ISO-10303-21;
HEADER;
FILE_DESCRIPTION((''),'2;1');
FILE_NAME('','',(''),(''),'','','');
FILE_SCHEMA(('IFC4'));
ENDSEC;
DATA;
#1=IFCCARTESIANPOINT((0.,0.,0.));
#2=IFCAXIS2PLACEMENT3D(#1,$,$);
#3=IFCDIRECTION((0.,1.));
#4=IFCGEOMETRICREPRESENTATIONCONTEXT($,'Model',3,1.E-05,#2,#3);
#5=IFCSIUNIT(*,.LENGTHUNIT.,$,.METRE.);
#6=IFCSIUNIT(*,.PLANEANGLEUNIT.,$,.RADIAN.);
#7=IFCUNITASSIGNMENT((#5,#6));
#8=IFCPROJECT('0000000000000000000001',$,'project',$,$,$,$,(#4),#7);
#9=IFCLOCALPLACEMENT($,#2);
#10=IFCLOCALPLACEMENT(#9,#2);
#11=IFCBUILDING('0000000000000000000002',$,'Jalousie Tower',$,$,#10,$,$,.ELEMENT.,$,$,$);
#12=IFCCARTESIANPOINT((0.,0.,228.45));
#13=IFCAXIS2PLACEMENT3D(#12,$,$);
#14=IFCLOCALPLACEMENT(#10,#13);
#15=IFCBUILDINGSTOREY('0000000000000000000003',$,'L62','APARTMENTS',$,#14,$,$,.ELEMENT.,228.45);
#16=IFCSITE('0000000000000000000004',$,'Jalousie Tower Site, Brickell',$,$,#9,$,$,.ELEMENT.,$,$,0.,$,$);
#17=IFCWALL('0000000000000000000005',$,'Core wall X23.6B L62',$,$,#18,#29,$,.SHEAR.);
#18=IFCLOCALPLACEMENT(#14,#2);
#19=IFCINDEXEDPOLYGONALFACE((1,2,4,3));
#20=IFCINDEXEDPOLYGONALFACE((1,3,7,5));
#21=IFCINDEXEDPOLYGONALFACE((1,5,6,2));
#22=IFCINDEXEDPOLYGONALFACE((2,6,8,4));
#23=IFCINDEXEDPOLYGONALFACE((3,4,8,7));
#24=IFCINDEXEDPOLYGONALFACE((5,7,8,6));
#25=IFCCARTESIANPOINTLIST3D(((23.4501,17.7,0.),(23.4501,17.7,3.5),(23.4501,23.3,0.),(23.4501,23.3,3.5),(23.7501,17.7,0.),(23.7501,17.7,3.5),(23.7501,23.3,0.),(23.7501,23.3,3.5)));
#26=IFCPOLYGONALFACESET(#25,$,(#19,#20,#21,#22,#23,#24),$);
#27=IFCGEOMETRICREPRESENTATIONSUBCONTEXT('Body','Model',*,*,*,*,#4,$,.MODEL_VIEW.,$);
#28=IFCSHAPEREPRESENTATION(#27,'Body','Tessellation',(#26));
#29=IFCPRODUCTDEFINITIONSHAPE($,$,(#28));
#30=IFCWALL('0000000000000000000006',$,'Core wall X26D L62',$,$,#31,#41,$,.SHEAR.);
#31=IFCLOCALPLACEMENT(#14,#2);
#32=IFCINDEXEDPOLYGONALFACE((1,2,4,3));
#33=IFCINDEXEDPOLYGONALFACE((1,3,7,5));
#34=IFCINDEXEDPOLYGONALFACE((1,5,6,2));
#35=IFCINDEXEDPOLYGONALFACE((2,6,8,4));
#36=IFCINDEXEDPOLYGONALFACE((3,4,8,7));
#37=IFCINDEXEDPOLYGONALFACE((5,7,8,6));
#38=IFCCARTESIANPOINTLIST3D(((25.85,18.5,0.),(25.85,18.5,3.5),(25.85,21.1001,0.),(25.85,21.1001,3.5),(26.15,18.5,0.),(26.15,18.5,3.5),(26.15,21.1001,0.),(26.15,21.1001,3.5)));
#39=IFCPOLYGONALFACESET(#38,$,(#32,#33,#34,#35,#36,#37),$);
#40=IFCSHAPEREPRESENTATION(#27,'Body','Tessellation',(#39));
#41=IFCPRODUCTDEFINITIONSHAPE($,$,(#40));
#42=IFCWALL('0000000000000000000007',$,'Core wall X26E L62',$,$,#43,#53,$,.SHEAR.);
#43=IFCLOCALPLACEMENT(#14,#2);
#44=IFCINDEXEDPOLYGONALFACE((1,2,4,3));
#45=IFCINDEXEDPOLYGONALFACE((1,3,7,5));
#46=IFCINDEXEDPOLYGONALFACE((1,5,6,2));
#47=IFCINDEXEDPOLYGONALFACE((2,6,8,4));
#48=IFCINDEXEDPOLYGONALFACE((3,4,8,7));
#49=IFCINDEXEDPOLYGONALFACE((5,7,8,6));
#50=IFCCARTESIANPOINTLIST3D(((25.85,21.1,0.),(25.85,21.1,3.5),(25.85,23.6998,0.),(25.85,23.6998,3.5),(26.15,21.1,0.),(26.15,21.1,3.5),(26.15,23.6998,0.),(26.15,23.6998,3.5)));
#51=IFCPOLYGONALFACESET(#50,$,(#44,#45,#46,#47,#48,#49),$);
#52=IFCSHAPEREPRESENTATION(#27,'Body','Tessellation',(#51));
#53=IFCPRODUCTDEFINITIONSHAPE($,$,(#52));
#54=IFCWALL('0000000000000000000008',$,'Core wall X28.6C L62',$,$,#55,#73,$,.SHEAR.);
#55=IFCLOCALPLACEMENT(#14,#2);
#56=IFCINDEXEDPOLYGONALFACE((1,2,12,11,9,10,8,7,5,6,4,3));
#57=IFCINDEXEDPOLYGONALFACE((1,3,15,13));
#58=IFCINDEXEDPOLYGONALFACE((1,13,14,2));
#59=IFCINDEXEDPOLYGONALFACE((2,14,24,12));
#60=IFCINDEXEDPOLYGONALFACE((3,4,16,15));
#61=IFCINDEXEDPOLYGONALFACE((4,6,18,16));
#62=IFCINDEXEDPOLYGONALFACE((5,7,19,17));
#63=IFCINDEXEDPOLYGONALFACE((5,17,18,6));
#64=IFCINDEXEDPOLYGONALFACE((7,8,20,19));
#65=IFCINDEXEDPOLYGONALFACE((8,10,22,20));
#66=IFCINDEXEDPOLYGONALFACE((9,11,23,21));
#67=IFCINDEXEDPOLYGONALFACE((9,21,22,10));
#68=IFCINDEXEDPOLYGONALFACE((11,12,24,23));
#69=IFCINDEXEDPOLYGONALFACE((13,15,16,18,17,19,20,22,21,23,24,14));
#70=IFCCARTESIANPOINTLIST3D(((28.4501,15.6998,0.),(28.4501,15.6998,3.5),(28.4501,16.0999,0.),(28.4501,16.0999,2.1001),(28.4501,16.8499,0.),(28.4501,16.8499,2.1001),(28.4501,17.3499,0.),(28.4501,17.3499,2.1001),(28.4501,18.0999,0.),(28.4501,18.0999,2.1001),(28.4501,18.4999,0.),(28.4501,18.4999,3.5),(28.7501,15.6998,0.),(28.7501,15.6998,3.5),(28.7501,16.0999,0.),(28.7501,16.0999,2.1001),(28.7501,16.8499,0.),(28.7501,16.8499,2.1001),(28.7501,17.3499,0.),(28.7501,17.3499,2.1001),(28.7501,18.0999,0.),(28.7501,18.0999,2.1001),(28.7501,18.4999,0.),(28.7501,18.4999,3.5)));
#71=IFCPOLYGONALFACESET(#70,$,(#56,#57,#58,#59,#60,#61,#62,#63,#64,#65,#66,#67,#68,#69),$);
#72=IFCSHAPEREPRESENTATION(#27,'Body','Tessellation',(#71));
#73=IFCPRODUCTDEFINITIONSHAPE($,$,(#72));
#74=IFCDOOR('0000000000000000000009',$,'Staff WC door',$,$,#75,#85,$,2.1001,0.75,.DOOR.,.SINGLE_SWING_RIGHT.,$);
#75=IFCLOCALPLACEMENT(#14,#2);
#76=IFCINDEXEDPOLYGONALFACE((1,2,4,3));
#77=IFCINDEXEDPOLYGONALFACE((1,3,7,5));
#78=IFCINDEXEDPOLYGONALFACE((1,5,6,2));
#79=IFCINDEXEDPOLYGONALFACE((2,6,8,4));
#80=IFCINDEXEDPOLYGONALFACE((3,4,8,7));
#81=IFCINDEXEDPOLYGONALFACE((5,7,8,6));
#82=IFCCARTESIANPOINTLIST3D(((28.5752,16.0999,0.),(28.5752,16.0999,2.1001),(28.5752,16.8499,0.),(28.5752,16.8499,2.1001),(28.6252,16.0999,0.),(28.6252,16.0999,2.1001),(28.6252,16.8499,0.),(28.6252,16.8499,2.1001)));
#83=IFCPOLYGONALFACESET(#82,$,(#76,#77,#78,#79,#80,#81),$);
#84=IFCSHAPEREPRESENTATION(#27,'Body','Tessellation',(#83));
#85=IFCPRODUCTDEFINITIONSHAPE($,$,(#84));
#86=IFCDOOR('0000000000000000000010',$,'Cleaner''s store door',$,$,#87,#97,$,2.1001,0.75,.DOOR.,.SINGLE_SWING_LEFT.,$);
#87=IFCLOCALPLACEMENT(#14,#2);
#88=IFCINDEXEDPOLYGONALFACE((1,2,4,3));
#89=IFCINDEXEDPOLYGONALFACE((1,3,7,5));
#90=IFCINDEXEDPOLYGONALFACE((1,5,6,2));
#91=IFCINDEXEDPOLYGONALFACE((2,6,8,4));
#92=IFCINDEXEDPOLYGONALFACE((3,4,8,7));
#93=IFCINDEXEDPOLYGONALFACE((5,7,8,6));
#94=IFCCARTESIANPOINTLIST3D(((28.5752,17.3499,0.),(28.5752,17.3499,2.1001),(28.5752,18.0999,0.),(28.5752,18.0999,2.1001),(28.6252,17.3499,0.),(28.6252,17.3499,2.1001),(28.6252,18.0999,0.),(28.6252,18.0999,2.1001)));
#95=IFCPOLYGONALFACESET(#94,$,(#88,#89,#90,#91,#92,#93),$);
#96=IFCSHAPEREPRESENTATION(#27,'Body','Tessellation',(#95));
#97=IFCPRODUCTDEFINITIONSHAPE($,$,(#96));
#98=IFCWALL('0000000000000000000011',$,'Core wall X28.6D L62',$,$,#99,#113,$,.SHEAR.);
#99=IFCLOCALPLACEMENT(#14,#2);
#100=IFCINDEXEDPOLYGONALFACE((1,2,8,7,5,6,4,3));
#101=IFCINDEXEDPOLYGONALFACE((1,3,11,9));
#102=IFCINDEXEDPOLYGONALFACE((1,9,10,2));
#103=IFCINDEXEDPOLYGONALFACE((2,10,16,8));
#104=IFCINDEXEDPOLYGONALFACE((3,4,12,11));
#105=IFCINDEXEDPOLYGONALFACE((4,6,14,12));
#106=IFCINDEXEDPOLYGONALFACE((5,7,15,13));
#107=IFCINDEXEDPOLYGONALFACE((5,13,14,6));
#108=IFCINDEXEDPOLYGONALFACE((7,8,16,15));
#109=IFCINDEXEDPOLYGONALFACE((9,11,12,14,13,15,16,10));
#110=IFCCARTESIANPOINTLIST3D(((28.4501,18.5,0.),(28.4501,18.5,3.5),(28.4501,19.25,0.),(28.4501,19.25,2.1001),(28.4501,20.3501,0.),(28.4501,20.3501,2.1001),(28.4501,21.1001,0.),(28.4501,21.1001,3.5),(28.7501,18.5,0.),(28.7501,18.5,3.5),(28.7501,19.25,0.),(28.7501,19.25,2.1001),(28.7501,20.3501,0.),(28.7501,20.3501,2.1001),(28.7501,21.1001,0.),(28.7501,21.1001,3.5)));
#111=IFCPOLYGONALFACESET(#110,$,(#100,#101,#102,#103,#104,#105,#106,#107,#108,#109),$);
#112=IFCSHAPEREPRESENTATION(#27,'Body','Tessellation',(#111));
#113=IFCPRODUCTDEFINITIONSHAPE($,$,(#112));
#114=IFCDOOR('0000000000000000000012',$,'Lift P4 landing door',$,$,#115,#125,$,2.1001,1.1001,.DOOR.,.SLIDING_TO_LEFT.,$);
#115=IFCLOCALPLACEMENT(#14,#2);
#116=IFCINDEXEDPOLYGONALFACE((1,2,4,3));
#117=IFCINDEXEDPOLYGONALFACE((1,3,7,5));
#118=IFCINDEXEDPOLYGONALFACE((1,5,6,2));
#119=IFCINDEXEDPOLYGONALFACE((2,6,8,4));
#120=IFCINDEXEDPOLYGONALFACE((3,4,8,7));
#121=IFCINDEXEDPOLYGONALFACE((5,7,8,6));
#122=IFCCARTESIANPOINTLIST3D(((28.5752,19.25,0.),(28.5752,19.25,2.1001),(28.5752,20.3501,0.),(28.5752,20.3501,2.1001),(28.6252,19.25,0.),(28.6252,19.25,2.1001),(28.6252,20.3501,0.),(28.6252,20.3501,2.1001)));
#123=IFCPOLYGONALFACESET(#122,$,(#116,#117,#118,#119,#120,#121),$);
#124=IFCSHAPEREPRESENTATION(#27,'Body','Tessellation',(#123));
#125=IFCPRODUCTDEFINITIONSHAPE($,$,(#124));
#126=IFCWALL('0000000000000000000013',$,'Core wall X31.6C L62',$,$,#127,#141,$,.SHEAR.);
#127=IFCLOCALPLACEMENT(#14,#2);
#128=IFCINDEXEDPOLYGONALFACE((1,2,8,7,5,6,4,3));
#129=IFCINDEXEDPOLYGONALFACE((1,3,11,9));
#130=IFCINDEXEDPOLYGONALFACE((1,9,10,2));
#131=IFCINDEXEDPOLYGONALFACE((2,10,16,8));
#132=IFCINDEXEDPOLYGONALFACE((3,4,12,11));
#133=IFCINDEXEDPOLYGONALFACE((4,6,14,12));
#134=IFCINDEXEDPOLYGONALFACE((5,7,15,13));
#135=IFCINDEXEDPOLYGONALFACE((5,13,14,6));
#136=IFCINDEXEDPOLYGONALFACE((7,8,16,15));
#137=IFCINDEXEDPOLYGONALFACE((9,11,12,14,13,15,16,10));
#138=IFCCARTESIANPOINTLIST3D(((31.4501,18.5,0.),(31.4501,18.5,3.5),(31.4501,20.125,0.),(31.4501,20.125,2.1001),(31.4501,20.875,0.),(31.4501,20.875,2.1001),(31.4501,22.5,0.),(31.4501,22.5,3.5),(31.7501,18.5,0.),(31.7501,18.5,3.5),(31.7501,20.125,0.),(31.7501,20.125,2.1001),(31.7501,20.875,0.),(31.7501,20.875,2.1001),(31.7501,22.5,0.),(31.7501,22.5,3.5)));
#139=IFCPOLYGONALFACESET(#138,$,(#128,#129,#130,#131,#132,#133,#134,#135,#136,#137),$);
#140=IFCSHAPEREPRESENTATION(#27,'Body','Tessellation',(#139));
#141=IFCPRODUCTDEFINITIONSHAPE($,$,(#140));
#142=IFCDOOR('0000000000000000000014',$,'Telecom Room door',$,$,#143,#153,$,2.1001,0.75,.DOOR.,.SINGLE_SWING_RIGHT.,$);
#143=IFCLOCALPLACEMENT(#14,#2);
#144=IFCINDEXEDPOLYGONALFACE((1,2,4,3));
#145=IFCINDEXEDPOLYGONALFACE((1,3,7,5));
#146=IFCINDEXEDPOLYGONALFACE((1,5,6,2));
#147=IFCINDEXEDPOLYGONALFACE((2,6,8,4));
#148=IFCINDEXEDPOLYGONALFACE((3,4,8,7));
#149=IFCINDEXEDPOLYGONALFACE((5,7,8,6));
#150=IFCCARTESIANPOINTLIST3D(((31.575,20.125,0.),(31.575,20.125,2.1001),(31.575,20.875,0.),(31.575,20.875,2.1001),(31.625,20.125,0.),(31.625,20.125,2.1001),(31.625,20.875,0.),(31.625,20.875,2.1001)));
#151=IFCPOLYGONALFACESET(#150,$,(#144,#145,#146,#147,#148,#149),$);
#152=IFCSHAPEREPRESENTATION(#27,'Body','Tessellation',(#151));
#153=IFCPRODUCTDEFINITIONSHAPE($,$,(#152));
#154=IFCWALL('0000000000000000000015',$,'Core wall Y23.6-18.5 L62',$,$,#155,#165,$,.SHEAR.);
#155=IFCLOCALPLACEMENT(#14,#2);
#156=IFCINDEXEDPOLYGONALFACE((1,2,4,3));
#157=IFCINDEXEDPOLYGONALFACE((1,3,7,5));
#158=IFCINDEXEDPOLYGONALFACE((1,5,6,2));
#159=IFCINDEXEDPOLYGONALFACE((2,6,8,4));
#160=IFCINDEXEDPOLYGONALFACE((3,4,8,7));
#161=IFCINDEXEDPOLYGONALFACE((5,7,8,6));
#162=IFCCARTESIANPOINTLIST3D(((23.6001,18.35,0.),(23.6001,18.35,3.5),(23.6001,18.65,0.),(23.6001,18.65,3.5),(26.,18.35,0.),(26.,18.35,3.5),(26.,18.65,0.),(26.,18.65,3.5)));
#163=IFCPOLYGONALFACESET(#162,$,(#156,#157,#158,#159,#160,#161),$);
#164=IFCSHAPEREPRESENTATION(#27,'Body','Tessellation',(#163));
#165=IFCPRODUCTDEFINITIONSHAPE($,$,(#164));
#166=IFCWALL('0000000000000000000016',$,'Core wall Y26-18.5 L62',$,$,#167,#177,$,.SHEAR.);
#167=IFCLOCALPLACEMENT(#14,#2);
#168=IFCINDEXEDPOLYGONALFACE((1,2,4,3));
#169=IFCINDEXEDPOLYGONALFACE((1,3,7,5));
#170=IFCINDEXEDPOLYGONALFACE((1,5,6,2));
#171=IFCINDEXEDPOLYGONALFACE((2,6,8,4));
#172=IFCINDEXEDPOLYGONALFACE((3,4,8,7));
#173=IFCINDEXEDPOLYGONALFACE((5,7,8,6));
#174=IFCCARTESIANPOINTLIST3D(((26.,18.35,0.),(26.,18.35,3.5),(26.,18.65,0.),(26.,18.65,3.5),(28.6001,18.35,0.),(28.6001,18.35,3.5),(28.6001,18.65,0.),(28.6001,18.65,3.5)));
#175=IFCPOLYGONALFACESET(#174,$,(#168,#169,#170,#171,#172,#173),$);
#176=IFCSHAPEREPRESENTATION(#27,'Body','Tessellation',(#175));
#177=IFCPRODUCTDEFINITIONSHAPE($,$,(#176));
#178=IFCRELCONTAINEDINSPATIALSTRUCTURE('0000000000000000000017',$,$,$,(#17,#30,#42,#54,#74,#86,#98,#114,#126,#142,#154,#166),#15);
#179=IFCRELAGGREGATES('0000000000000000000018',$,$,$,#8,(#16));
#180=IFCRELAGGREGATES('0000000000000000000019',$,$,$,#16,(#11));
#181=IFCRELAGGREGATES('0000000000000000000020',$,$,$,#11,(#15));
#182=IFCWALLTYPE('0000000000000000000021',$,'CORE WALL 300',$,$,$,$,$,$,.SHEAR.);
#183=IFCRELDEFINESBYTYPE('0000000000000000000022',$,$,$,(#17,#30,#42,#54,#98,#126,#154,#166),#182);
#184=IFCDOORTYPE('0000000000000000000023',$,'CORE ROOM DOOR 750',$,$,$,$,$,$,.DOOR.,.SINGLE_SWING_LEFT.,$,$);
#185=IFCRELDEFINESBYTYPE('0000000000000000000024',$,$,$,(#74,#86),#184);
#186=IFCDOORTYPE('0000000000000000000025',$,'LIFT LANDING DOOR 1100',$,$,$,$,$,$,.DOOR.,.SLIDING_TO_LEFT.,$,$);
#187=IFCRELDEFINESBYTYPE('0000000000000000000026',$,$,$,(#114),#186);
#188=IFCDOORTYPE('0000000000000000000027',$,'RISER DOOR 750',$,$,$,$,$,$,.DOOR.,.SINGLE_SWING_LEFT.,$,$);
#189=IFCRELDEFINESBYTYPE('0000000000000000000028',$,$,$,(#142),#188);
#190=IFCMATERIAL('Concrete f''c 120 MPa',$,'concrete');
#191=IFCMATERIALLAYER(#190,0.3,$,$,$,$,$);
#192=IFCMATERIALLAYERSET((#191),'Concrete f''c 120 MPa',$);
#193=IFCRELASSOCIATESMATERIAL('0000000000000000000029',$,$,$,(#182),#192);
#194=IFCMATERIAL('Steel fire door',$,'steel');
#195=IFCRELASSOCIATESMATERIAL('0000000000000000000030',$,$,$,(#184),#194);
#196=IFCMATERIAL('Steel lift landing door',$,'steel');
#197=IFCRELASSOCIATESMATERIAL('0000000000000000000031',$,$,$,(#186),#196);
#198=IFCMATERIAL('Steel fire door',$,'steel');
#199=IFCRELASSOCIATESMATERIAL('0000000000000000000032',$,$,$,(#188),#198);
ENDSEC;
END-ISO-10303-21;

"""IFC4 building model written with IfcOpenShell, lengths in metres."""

from ifc_helpers import new_model, si_unit, direction, frame, frame_2d, origin, place, context, subcontext, project, spatial, rectangle, extrude, material, layer, layer_set, type_object, element, fill, save


model = new_model("IFC4")

# Units and contexts
model_context = context("Model", 3, precision=1e-05, world=origin(), true_north=direction((0.0, 1.0)))
body_context = subcontext(model_context, "Body", "Model", "MODEL_VIEW")
ifc_project = project(units=[si_unit("LENGTHUNIT", "METRE"), si_unit("PLANEANGLEUNIT", "RADIAN")], contexts=[model_context])

# Site, building, storey
site_placement = place(None, origin())
site = spatial("IfcSite", under=ifc_project, at=site_placement, Name="Jalousie Tower Site, Brickell", CompositionType="ELEMENT", RefElevation=0.0)
building_placement = place(site_placement, origin())
building = spatial("IfcBuilding", under=site, at=building_placement, Name="Jalousie Tower", CompositionType="ELEMENT")
storey_placement = place(building_placement, frame((0.0, 0.0, 228.45)))
storey = spatial("IfcBuildingStorey", under=building, at=storey_placement, Name="L62", Description="APARTMENTS", CompositionType="ELEMENT", Elevation=228.45)

# Walls
ifc_material_1 = material(Name="Concrete f'c 120 MPa", Category="concrete")
ifc_layer = layer(ifc_material_1, 0.3)
ifc_layer_set = layer_set([ifc_layer], Name="Concrete f'c 120 MPa")
wall_type_1 = type_object("IfcWallType", Name="CORE WALL 300", PredefinedType="SHEAR", material=ifc_layer_set)
wall_1_placement = place(storey_placement, frame((23.6001, 17.7, 0.0), z_axis=(0.0, 0.0, 1.0), x_axis=(0.0, 1.0, 0.0)))
element("IfcWall", 1, at=wall_1_placement, inside=storey, type_object=wall_type_1, Name="Core wall X23.6B L62", PredefinedType="SHEAR", context=body_context, shape_type="SweptSolid", body=[
    extrude(rectangle(XDim=5.6001, YDim=0.3, at=frame_2d((2.8, 0.0))), origin(), (0.0, 0.0, 1.0), 3.5),
])
wall_2_placement = place(storey_placement, frame((26.0, 18.5, 0.0), z_axis=(0.0, 0.0, 1.0), x_axis=(0.0, 1.0, 0.0)))
element("IfcWall", 2, at=wall_2_placement, inside=storey, type_object=wall_type_1, Name="Core wall X26D L62", PredefinedType="SHEAR", context=body_context, shape_type="SweptSolid", body=[
    extrude(rectangle(XDim=2.6001, YDim=0.3, at=frame_2d((1.3, 0.0))), origin(), (0.0, 0.0, 1.0), 3.5),
])
wall_3_placement = place(storey_placement, frame((26.0, 21.1001, 0.0), z_axis=(0.0, 0.0, 1.0), x_axis=(0.0, 1.0, 0.0)))
element("IfcWall", 3, at=wall_3_placement, inside=storey, type_object=wall_type_1, Name="Core wall X26E L62", PredefinedType="SHEAR", context=body_context, shape_type="SweptSolid", body=[
    extrude(rectangle(XDim=2.5999, YDim=0.3, at=frame_2d((1.2998, 0.0))), origin(), (0.0, 0.0, 1.0), 3.5),
])

# Wall, openings, doors
wall_4_placement = place(storey_placement, frame((28.6001, 15.7, 0.0), z_axis=(0.0, 0.0, 1.0), x_axis=(0.0, 1.0, 0.0)))
wall_4 = element("IfcWall", 4, at=wall_4_placement, inside=storey, type_object=wall_type_1, Name="Core wall X28.6C L62", PredefinedType="SHEAR", context=body_context, shape_type="SweptSolid", body=[
    extrude(rectangle(XDim=2.8, YDim=0.3, at=frame_2d((1.3999, 0.0))), origin(), (0.0, 0.0, 1.0), 3.5),
])
opening_1_placement = place(wall_4_placement, frame((0.3999, 0.0, 0.0)))
opening_1 = element("IfcOpeningElement", 5, at=opening_1_placement, cuts=wall_4, PredefinedType="OPENING", context=body_context, shape_type="SweptSolid", body=[
    extrude(rectangle(XDim=0.75, YDim=2.1001, at=frame_2d((0.375, 1.05))), frame((0.0, 0.1599, 0.0), z_axis=(0.0, -1.0, 0.0), x_axis=(1.0, 0.0, 0.0)), (0.0, 0.0, 1.0), 0.3201),
])
opening_2_placement = place(wall_4_placement, frame((1.6499, 0.0, 0.0)))
opening_2 = element("IfcOpeningElement", 6, at=opening_2_placement, cuts=wall_4, PredefinedType="OPENING", context=body_context, shape_type="SweptSolid", body=[
    extrude(rectangle(XDim=0.75, YDim=2.1001, at=frame_2d((0.375, 1.05))), frame((0.0, 0.1599, 0.0), z_axis=(0.0, -1.0, 0.0), x_axis=(1.0, 0.0, 0.0)), (0.0, 0.0, 1.0), 0.3201),
])
ifc_material_2 = material(Name="Steel fire door", Category="steel")
door_type_1 = type_object("IfcDoorType", Name="CORE ROOM DOOR 750", OperationType="SINGLE_SWING_LEFT", PredefinedType="DOOR", material=ifc_material_2)
door_1_placement = place(opening_1_placement, origin())
door_1 = element("IfcDoor", 7, at=door_1_placement, inside=storey, type_object=door_type_1, Name="Staff WC door", OperationType="SINGLE_SWING_RIGHT", OverallHeight=2.1001, OverallWidth=0.75, PredefinedType="DOOR", context=body_context, shape_type="SweptSolid", body=[
    extrude(rectangle(XDim=0.75, YDim=2.1001, at=frame_2d((0.375, 1.05))), frame((0.0, 0.0249, 0.0), z_axis=(0.0, -1.0, 0.0), x_axis=(1.0, 0.0, 0.0)), (0.0, 0.0, 1.0), 0.05),
])
fill(opening_1, door_1)
door_2_placement = place(opening_2_placement, origin())
door_2 = element("IfcDoor", 8, at=door_2_placement, inside=storey, type_object=door_type_1, Name="Cleaner's store door", OperationType="SINGLE_SWING_LEFT", OverallHeight=2.1001, OverallWidth=0.75, PredefinedType="DOOR", context=body_context, shape_type="SweptSolid", body=[
    extrude(rectangle(XDim=0.75, YDim=2.1001, at=frame_2d((0.375, 1.05))), frame((0.0, 0.0249, 0.0), z_axis=(0.0, -1.0, 0.0), x_axis=(1.0, 0.0, 0.0)), (0.0, 0.0, 1.0), 0.05),
])
fill(opening_2, door_2)

# Walls, openings, doors
wall_5_placement = place(storey_placement, frame((28.6001, 18.5, 0.0), z_axis=(0.0, 0.0, 1.0), x_axis=(0.0, 1.0, 0.0)))
wall_5 = element("IfcWall", 9, at=wall_5_placement, inside=storey, type_object=wall_type_1, Name="Core wall X28.6D L62", PredefinedType="SHEAR", context=body_context, shape_type="SweptSolid", body=[
    extrude(rectangle(XDim=2.6001, YDim=0.3, at=frame_2d((1.3, 0.0))), origin(), (0.0, 0.0, 1.0), 3.5),
])
opening_3_placement = place(wall_5_placement, frame((0.75, 0.0, 0.0)))
opening_3 = element("IfcOpeningElement", 10, at=opening_3_placement, cuts=wall_5, PredefinedType="OPENING", context=body_context, shape_type="SweptSolid", body=[
    extrude(rectangle(XDim=1.1001, YDim=2.1001, at=frame_2d((0.55, 1.05))), frame((0.0, 0.1599, 0.0), z_axis=(0.0, -1.0, 0.0), x_axis=(1.0, 0.0, 0.0)), (0.0, 0.0, 1.0), 0.3201),
])
ifc_material_3 = material(Name="Steel lift landing door", Category="steel")
door_type_2 = type_object("IfcDoorType", Name="LIFT LANDING DOOR 1100", OperationType="SLIDING_TO_LEFT", PredefinedType="DOOR", material=ifc_material_3)
door_3_placement = place(opening_3_placement, origin())
door_3 = element("IfcDoor", 11, at=door_3_placement, inside=storey, type_object=door_type_2, Name="Lift P4 landing door", OperationType="SLIDING_TO_LEFT", OverallHeight=2.1001, OverallWidth=1.1001, PredefinedType="DOOR", context=body_context, shape_type="SweptSolid", body=[
    extrude(rectangle(XDim=1.1001, YDim=2.1001, at=frame_2d((0.55, 1.05))), frame((0.0, 0.0249, 0.0), z_axis=(0.0, -1.0, 0.0), x_axis=(1.0, 0.0, 0.0)), (0.0, 0.0, 1.0), 0.05),
])
fill(opening_3, door_3)
wall_6_placement = place(storey_placement, frame((31.6001, 18.5, 0.0), z_axis=(0.0, 0.0, 1.0), x_axis=(0.0, 1.0, 0.0)))
wall_6 = element("IfcWall", 12, at=wall_6_placement, inside=storey, type_object=wall_type_1, Name="Core wall X31.6C L62", PredefinedType="SHEAR", context=body_context, shape_type="SweptSolid", body=[
    extrude(rectangle(XDim=4.0, YDim=0.3, at=frame_2d((2.0, 0.0))), origin(), (0.0, 0.0, 1.0), 3.5),
])
opening_4_placement = place(wall_6_placement, frame((1.625, 0.0, 0.0)))
opening_4 = element("IfcOpeningElement", 13, at=opening_4_placement, cuts=wall_6, PredefinedType="OPENING", context=body_context, shape_type="SweptSolid", body=[
    extrude(rectangle(XDim=0.75, YDim=2.1001, at=frame_2d((0.375, 1.05))), frame((0.0, 0.1599, 0.0), z_axis=(0.0, -1.0, 0.0), x_axis=(1.0, 0.0, 0.0)), (0.0, 0.0, 1.0), 0.3201),
])
ifc_material_4 = material(Name="Steel fire door", Category="steel")
door_type_3 = type_object("IfcDoorType", Name="RISER DOOR 750", OperationType="SINGLE_SWING_LEFT", PredefinedType="DOOR", material=ifc_material_4)
door_4_placement = place(opening_4_placement, frame((0.75, 0.0, 0.0), z_axis=(0.0, 0.0, 1.0), x_axis=(-1.0, 0.0, 0.0)))
door_4 = element("IfcDoor", 14, at=door_4_placement, inside=storey, type_object=door_type_3, Name="Telecom Room door", OperationType="SINGLE_SWING_RIGHT", OverallHeight=2.1001, OverallWidth=0.75, PredefinedType="DOOR", context=body_context, shape_type="SweptSolid", body=[
    extrude(rectangle(XDim=0.75, YDim=2.1001, at=frame_2d((0.375, 1.05))), frame((0.0, 0.0249, 0.0), z_axis=(0.0, -1.0, 0.0), x_axis=(1.0, 0.0, 0.0)), (0.0, 0.0, 1.0), 0.05),
])
fill(opening_4, door_4)

# Walls
wall_7_placement = place(storey_placement, frame((23.6001, 18.5, 0.0), z_axis=(0.0, 0.0, 1.0), x_axis=(1.0, 0.0, 0.0)))
element("IfcWall", 15, at=wall_7_placement, inside=storey, type_object=wall_type_1, Name="Core wall Y23.6-18.5 L62", PredefinedType="SHEAR", context=body_context, shape_type="SweptSolid", body=[
    extrude(rectangle(XDim=2.3999, YDim=0.3, at=frame_2d((1.2, 0.0))), origin(), (0.0, 0.0, 1.0), 3.5),
])
for number, where, z_axis, x_axis, name in (
    (16, (26.0, 18.5, 0.0), (0.0, 0.0, 1.0), (1.0, 0.0, 0.0), "Core wall Y26-18.5 L62"),
):
    element("IfcWall", number, at=place(storey_placement, frame(where, z_axis=z_axis, x_axis=x_axis)), inside=storey, type_object=wall_type_1, Name=name, PredefinedType="SHEAR", context=body_context, shape_type="SweptSolid", body=[
        extrude(rectangle(XDim=2.6001, YDim=0.3, at=frame_2d((1.3, 0.0))), origin(), (0.0, 0.0, 1.0), 3.5),
    ])

save(model, "model.ifc")
